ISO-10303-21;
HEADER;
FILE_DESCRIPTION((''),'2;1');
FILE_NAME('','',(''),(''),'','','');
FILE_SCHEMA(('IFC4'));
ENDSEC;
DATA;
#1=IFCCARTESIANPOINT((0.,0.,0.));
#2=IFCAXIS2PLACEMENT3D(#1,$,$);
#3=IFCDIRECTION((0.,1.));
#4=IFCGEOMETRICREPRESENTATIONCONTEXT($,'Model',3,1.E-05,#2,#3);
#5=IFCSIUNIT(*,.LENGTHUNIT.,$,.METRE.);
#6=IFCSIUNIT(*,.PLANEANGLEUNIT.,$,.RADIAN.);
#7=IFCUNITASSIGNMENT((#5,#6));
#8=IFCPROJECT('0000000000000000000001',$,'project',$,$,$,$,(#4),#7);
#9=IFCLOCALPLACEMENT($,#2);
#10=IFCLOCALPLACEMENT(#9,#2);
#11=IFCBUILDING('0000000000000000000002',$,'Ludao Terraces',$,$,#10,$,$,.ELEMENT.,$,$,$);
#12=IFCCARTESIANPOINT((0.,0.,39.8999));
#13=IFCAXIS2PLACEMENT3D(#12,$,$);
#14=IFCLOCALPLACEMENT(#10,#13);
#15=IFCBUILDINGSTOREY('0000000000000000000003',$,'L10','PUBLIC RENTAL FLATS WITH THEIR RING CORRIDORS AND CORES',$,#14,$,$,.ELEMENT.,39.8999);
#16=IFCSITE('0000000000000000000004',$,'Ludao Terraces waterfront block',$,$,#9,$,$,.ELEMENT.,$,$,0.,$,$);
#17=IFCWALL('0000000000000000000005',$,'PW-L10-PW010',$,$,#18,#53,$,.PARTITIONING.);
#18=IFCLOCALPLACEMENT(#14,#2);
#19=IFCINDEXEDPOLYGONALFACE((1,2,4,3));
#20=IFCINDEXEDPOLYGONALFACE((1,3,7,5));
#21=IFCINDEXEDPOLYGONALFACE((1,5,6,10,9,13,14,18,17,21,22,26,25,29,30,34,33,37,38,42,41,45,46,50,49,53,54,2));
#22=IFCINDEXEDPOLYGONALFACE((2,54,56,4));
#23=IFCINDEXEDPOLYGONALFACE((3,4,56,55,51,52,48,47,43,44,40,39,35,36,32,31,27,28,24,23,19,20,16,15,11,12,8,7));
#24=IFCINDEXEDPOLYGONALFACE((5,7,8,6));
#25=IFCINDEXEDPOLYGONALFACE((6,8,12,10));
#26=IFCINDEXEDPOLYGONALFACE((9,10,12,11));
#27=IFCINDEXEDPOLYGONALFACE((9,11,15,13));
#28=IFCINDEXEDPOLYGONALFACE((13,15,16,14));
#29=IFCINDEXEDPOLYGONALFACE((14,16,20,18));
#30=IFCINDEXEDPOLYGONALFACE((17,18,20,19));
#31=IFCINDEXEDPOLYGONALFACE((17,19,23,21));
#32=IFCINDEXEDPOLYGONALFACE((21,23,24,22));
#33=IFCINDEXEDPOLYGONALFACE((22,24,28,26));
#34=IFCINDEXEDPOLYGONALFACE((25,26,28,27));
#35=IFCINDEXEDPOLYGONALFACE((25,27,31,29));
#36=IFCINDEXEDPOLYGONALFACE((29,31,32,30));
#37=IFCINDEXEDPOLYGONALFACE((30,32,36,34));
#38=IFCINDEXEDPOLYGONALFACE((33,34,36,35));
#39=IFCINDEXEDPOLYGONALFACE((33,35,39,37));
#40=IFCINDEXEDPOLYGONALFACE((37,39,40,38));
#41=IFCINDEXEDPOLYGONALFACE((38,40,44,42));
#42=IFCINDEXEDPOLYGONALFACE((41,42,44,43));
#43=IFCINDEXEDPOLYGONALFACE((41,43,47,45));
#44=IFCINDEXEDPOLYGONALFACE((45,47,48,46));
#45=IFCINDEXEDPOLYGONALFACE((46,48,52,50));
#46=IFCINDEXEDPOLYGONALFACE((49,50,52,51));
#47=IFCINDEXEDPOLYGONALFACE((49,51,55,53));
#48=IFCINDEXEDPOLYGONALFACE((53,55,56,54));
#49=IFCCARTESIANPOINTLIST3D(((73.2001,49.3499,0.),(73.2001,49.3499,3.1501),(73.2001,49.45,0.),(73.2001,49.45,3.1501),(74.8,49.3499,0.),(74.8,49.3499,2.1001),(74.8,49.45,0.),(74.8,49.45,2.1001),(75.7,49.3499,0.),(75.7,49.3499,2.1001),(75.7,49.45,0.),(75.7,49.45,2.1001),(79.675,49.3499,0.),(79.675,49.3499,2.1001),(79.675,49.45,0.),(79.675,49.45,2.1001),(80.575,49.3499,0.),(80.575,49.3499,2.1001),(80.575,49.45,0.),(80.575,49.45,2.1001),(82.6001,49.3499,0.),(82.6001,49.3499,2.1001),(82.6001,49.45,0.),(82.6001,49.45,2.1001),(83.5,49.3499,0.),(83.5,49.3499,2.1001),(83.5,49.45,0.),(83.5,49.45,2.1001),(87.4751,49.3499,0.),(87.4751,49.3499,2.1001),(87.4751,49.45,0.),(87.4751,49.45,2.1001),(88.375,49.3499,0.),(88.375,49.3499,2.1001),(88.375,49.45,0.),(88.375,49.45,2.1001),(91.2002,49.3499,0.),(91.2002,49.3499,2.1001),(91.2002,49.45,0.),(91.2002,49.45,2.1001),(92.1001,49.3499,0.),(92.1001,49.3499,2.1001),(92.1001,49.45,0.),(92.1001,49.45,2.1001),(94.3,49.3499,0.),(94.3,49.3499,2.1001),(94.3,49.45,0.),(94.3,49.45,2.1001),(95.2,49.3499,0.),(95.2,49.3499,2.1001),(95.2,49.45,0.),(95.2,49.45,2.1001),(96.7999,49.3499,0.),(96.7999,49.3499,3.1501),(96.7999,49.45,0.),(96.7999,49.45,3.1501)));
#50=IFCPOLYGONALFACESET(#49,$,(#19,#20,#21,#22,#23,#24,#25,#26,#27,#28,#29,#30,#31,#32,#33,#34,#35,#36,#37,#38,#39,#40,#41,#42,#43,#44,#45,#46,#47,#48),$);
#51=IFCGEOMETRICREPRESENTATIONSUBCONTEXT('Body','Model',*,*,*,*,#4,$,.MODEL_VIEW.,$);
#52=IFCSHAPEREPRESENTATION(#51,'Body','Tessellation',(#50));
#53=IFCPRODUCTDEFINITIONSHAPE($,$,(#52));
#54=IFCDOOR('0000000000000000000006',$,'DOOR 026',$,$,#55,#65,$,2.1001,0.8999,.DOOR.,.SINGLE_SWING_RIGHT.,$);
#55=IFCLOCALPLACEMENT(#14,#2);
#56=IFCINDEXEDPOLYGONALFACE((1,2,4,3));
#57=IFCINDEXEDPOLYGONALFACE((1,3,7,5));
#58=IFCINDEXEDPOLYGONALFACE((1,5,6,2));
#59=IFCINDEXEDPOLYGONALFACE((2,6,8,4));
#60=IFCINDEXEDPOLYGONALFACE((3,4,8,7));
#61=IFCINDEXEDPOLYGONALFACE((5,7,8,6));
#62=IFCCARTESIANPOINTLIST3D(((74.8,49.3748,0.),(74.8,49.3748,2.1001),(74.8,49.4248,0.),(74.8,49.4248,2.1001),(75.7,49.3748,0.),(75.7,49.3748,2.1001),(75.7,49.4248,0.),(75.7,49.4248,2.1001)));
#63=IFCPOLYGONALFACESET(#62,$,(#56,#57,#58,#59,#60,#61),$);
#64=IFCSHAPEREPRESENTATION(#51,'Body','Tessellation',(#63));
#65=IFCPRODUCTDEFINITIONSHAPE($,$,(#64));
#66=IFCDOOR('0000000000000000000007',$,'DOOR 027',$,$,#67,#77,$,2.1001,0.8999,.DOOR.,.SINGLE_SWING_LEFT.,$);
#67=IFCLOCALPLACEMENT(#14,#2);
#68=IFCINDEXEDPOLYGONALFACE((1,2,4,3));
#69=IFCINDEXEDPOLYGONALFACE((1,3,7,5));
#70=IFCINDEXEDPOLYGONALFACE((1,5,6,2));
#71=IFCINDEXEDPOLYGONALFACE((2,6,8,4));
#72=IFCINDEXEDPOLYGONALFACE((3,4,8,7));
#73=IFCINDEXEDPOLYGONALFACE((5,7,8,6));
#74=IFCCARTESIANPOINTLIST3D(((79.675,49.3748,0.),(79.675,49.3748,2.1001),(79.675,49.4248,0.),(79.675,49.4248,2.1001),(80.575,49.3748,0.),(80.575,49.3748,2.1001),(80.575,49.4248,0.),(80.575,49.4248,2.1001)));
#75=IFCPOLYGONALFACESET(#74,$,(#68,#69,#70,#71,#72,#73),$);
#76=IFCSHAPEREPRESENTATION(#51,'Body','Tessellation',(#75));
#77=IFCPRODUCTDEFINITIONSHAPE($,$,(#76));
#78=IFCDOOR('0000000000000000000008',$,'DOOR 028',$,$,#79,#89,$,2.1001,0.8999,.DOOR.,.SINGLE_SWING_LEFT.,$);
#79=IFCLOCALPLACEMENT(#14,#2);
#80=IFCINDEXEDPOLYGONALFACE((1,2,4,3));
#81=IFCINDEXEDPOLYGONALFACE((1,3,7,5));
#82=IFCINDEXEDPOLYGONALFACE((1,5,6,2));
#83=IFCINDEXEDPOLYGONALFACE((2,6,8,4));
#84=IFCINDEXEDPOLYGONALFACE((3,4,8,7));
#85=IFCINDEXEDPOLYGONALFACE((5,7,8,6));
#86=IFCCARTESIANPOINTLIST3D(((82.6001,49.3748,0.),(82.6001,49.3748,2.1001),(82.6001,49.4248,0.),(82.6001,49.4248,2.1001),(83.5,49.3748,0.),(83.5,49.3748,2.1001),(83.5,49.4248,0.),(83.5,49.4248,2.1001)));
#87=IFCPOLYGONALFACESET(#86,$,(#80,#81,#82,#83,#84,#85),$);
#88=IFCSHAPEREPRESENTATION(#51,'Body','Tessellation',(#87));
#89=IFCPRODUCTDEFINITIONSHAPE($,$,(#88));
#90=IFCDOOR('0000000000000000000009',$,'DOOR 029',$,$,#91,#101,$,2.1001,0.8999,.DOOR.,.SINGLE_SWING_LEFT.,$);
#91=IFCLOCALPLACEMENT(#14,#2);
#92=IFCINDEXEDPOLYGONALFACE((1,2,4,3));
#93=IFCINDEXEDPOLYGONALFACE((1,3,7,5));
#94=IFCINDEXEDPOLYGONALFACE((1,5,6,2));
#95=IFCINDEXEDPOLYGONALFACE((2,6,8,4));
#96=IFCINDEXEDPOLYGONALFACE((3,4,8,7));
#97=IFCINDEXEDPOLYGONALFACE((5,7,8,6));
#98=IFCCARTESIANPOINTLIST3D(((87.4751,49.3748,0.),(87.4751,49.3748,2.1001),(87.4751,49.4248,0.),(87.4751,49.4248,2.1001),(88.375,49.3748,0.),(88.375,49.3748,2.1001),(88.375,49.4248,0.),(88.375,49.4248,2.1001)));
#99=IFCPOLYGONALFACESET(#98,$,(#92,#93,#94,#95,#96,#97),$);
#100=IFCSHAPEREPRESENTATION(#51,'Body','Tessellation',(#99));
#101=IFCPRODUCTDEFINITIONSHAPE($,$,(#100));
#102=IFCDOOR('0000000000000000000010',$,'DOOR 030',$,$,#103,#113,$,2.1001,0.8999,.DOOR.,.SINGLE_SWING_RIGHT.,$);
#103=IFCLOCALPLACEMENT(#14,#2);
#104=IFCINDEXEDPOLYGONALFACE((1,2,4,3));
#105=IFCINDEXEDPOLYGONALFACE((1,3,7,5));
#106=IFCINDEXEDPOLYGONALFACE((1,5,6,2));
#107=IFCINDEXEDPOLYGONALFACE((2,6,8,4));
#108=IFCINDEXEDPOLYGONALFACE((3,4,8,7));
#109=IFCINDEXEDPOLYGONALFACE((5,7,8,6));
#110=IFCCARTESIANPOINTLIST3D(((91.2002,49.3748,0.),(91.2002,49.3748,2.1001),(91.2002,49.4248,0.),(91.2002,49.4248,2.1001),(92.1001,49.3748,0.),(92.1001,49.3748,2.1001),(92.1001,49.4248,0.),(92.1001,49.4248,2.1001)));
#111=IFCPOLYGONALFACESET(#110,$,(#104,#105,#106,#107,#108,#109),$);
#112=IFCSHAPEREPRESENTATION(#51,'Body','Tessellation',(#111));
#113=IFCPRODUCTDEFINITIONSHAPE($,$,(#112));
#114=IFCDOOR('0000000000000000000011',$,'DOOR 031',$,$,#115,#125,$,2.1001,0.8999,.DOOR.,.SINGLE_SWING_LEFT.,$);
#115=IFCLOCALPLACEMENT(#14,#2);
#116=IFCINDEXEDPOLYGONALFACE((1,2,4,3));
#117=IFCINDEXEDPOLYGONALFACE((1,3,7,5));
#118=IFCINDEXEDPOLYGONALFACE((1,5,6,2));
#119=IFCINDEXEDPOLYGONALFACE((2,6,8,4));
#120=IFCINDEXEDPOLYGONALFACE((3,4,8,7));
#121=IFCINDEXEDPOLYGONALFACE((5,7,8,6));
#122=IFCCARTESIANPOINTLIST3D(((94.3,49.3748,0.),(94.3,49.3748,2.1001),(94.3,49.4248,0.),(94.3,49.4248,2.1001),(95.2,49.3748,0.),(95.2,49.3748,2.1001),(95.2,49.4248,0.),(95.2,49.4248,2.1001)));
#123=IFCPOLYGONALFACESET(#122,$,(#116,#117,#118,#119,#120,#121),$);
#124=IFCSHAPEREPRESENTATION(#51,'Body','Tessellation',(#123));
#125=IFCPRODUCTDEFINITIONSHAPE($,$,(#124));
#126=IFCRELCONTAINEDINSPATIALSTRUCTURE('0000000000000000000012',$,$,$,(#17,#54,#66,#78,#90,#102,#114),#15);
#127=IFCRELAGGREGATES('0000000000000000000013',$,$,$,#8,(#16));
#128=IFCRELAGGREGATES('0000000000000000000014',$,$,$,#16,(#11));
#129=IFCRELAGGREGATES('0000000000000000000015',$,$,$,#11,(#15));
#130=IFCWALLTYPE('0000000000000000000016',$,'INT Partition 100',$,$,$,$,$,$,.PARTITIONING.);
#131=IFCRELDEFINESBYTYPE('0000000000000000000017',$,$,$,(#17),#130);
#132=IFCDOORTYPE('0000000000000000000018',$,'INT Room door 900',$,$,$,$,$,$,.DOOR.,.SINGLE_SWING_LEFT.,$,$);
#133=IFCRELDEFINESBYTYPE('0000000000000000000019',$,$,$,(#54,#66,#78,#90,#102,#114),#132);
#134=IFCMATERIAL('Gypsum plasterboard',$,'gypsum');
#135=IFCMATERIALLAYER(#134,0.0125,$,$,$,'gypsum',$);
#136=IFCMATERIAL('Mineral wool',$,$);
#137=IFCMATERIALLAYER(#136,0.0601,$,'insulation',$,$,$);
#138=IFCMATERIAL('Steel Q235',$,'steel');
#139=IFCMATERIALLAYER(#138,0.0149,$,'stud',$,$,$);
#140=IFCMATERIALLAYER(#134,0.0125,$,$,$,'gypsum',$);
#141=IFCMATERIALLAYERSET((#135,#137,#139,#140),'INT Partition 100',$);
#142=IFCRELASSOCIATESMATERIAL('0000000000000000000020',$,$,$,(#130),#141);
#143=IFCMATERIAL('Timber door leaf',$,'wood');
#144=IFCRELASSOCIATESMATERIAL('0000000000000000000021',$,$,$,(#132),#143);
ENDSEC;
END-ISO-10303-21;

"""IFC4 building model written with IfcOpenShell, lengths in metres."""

from ifc_helpers import new_model, si_unit, direction, frame, frame_2d, origin, place, context, subcontext, project, spatial, rectangle, extrude, material, layer, layer_set, type_object, element, fill, save


model = new_model("IFC4")

# Units and contexts
model_context = context("Model", 3, precision=1e-05, world=origin(), true_north=direction((0.0, 1.0)))
body_context = subcontext(model_context, "Body", "Model", "MODEL_VIEW")
ifc_project = project(units=[si_unit("LENGTHUNIT", "METRE"), si_unit("PLANEANGLEUNIT", "RADIAN")], contexts=[model_context])

# Site, building, storey
site_placement = place(None, origin())
site = spatial("IfcSite", under=ifc_project, at=site_placement, Name="Ludao Terraces waterfront block", CompositionType="ELEMENT", RefElevation=0.0)
building_placement = place(site_placement, origin())
building = spatial("IfcBuilding", under=site, at=building_placement, Name="Ludao Terraces", CompositionType="ELEMENT")
storey_placement = place(building_placement, frame((0.0, 0.0, 39.8999)))
storey = spatial("IfcBuildingStorey", under=building, at=storey_placement, Name="L10", Description="PUBLIC RENTAL FLATS WITH THEIR RING CORRIDORS AND CORES", CompositionType="ELEMENT", Elevation=39.8999)

# Shared definitions
ifc_material_1 = material(Name="Gypsum plasterboard", Category="gypsum")
ifc_layer_1 = layer(ifc_material_1, 0.0125, Category="gypsum")
ifc_material_2 = material(Name="Mineral wool")
ifc_layer_2 = layer(ifc_material_2, 0.0601, Name="insulation")
ifc_material_3 = material(Name="Steel Q235", Category="steel")
ifc_layer_3 = layer(ifc_material_3, 0.0149, Name="stud")
ifc_layer_4 = layer(ifc_material_1, 0.0125, Category="gypsum")
ifc_layer_set_1 = layer_set([ifc_layer_1, ifc_layer_2, ifc_layer_3, ifc_layer_4], Name="INT Partition 100")
wall_type_1 = type_object("IfcWallType", Name="INT Partition 100", PredefinedType="PARTITIONING", material=ifc_layer_set_1)
ifc_material_4 = material(Name="Timber door leaf", Category="wood")
door_type_1 = type_object("IfcDoorType", Name="INT Room door 900", OperationType="SINGLE_SWING_LEFT", PredefinedType="DOOR", material=ifc_material_4)

# Wall, openings, doors
wall_1_placement = place(storey_placement, frame((73.2002, 49.3999, 0.0), z_axis=(0.0, 0.0, 1.0), x_axis=(1.0, 0.0, 0.0)))
wall_1 = element("IfcWall", 1, at=wall_1_placement, inside=storey, type_object=wall_type_1, Name="PW-L10-PW010", PredefinedType="PARTITIONING", context=body_context, shape_type="SweptSolid", body=[
    extrude(rectangle(XDim=23.5999, YDim=0.1001, at=frame_2d((11.7998, 0.0))), origin(), (0.0, 0.0, 1.0), 3.1501),
])
opening_1_placement = place(wall_1_placement, frame((1.5999, 0.0, 0.0)))
opening_1 = element("IfcOpeningElement", 2, at=opening_1_placement, cuts=wall_1, PredefinedType="OPENING", context=body_context, shape_type="SweptSolid", body=[
    extrude(rectangle(XDim=0.8999, YDim=2.1001, at=frame_2d((0.45, 1.05))), frame((0.0, 0.0601, 0.0), z_axis=(0.0, -1.0, 0.0), x_axis=(1.0, 0.0, 0.0)), (0.0, 0.0, 1.0), 0.1201),
])
opening_2_placement = place(wall_1_placement, frame((6.4749, 0.0, 0.0)))
opening_2 = element("IfcOpeningElement", 3, at=opening_2_placement, cuts=wall_1, PredefinedType="OPENING", context=body_context, shape_type="SweptSolid", body=[
    extrude(rectangle(XDim=0.8999, YDim=2.1001, at=frame_2d((0.45, 1.05))), frame((0.0, 0.0601, 0.0), z_axis=(0.0, -1.0, 0.0), x_axis=(1.0, 0.0, 0.0)), (0.0, 0.0, 1.0), 0.1201),
])
opening_3_placement = place(wall_1_placement, frame((9.3999, 0.0, 0.0)))
opening_3 = element("IfcOpeningElement", 4, at=opening_3_placement, cuts=wall_1, PredefinedType="OPENING", context=body_context, shape_type="SweptSolid", body=[
    extrude(rectangle(XDim=0.8999, YDim=2.1001, at=frame_2d((0.45, 1.05))), frame((0.0, 0.0601, 0.0), z_axis=(0.0, -1.0, 0.0), x_axis=(1.0, 0.0, 0.0)), (0.0, 0.0, 1.0), 0.1201),
])
opening_4_placement = place(wall_1_placement, frame((14.2749, 0.0, 0.0)))
opening_4 = element("IfcOpeningElement", 5, at=opening_4_placement, cuts=wall_1, PredefinedType="OPENING", context=body_context, shape_type="SweptSolid", body=[
    extrude(rectangle(XDim=0.8999, YDim=2.1001, at=frame_2d((0.45, 1.05))), frame((0.0, 0.0601, 0.0), z_axis=(0.0, -1.0, 0.0), x_axis=(1.0, 0.0, 0.0)), (0.0, 0.0, 1.0), 0.1201),
])
opening_5_placement = place(wall_1_placement, frame((18.0, 0.0, 0.0)))
opening_5 = element("IfcOpeningElement", 6, at=opening_5_placement, cuts=wall_1, PredefinedType="OPENING", context=body_context, shape_type="SweptSolid", body=[
    extrude(rectangle(XDim=0.8999, YDim=2.1001, at=frame_2d((0.45, 1.05))), frame((0.0, 0.0601, 0.0), z_axis=(0.0, -1.0, 0.0), x_axis=(1.0, 0.0, 0.0)), (0.0, 0.0, 1.0), 0.1201),
])
opening_6_placement = place(wall_1_placement, frame((21.0999, 0.0, 0.0)))
opening_6 = element("IfcOpeningElement", 7, at=opening_6_placement, cuts=wall_1, PredefinedType="OPENING", context=body_context, shape_type="SweptSolid", body=[
    extrude(rectangle(XDim=0.8999, YDim=2.1001, at=frame_2d((0.45, 1.05))), frame((0.0, 0.0601, 0.0), z_axis=(0.0, -1.0, 0.0), x_axis=(1.0, 0.0, 0.0)), (0.0, 0.0, 1.0), 0.1201),
])
door_1_placement = place(opening_1_placement, origin())
door_1 = element("IfcDoor", 8, at=door_1_placement, inside=storey, type_object=door_type_1, Name="DOOR 026", OperationType="SINGLE_SWING_RIGHT", OverallHeight=2.1001, OverallWidth=0.8999, PredefinedType="DOOR", context=body_context, shape_type="SweptSolid", body=[
    extrude(rectangle(XDim=0.8999, YDim=2.1001, at=frame_2d((0.45, 1.05))), frame((0.0, 0.0249, 0.0), z_axis=(0.0, -1.0, 0.0), x_axis=(1.0, 0.0, 0.0)), (0.0, 0.0, 1.0), 0.05),
])
fill(opening_1, door_1)
door_2_placement = place(opening_2_placement, origin())
door_2 = element("IfcDoor", 9, at=door_2_placement, inside=storey, type_object=door_type_1, Name="DOOR 027", OperationType="SINGLE_SWING_LEFT", OverallHeight=2.1001, OverallWidth=0.8999, PredefinedType="DOOR", context=body_context, shape_type="SweptSolid", body=[
    extrude(rectangle(XDim=0.8999, YDim=2.1001, at=frame_2d((0.45, 1.05))), frame((0.0, 0.0249, 0.0), z_axis=(0.0, -1.0, 0.0), x_axis=(1.0, 0.0, 0.0)), (0.0, 0.0, 1.0), 0.05),
])
fill(opening_2, door_2)
door_3_placement = place(opening_3_placement, origin())
door_3 = element("IfcDoor", 10, at=door_3_placement, inside=storey, type_object=door_type_1, Name="DOOR 028", OperationType="SINGLE_SWING_LEFT", OverallHeight=2.1001, OverallWidth=0.8999, PredefinedType="DOOR", context=body_context, shape_type="SweptSolid", body=[
    extrude(rectangle(XDim=0.8999, YDim=2.1001, at=frame_2d((0.45, 1.05))), frame((0.0, 0.0249, 0.0), z_axis=(0.0, -1.0, 0.0), x_axis=(1.0, 0.0, 0.0)), (0.0, 0.0, 1.0), 0.05),
])
fill(opening_3, door_3)
door_4_placement = place(opening_4_placement, origin())
door_4 = element("IfcDoor", 11, at=door_4_placement, inside=storey, type_object=door_type_1, Name="DOOR 029", OperationType="SINGLE_SWING_LEFT", OverallHeight=2.1001, OverallWidth=0.8999, PredefinedType="DOOR", context=body_context, shape_type="SweptSolid", body=[
    extrude(rectangle(XDim=0.8999, YDim=2.1001, at=frame_2d((0.45, 1.05))), frame((0.0, 0.0249, 0.0), z_axis=(0.0, -1.0, 0.0), x_axis=(1.0, 0.0, 0.0)), (0.0, 0.0, 1.0), 0.05),
])
fill(opening_4, door_4)
door_5_placement = place(opening_5_placement, origin())
door_5 = element("IfcDoor", 12, at=door_5_placement, inside=storey, type_object=door_type_1, Name="DOOR 030", OperationType="SINGLE_SWING_RIGHT", OverallHeight=2.1001, OverallWidth=0.8999, PredefinedType="DOOR", context=body_context, shape_type="SweptSolid", body=[
    extrude(rectangle(XDim=0.8999, YDim=2.1001, at=frame_2d((0.45, 1.05))), frame((0.0, 0.0249, 0.0), z_axis=(0.0, -1.0, 0.0), x_axis=(1.0, 0.0, 0.0)), (0.0, 0.0, 1.0), 0.05),
])
fill(opening_5, door_5)
door_6_placement = place(opening_6_placement, origin())
door_6 = element("IfcDoor", 13, at=door_6_placement, inside=storey, type_object=door_type_1, Name="DOOR 031", OperationType="SINGLE_SWING_LEFT", OverallHeight=2.1001, OverallWidth=0.8999, PredefinedType="DOOR", context=body_context, shape_type="SweptSolid", body=[
    extrude(rectangle(XDim=0.8999, YDim=2.1001, at=frame_2d((0.45, 1.05))), frame((0.0, 0.0249, 0.0), z_axis=(0.0, -1.0, 0.0), x_axis=(1.0, 0.0, 0.0)), (0.0, 0.0, 1.0), 0.05),
])
fill(opening_6, door_6)

save(model, "model.ifc")
